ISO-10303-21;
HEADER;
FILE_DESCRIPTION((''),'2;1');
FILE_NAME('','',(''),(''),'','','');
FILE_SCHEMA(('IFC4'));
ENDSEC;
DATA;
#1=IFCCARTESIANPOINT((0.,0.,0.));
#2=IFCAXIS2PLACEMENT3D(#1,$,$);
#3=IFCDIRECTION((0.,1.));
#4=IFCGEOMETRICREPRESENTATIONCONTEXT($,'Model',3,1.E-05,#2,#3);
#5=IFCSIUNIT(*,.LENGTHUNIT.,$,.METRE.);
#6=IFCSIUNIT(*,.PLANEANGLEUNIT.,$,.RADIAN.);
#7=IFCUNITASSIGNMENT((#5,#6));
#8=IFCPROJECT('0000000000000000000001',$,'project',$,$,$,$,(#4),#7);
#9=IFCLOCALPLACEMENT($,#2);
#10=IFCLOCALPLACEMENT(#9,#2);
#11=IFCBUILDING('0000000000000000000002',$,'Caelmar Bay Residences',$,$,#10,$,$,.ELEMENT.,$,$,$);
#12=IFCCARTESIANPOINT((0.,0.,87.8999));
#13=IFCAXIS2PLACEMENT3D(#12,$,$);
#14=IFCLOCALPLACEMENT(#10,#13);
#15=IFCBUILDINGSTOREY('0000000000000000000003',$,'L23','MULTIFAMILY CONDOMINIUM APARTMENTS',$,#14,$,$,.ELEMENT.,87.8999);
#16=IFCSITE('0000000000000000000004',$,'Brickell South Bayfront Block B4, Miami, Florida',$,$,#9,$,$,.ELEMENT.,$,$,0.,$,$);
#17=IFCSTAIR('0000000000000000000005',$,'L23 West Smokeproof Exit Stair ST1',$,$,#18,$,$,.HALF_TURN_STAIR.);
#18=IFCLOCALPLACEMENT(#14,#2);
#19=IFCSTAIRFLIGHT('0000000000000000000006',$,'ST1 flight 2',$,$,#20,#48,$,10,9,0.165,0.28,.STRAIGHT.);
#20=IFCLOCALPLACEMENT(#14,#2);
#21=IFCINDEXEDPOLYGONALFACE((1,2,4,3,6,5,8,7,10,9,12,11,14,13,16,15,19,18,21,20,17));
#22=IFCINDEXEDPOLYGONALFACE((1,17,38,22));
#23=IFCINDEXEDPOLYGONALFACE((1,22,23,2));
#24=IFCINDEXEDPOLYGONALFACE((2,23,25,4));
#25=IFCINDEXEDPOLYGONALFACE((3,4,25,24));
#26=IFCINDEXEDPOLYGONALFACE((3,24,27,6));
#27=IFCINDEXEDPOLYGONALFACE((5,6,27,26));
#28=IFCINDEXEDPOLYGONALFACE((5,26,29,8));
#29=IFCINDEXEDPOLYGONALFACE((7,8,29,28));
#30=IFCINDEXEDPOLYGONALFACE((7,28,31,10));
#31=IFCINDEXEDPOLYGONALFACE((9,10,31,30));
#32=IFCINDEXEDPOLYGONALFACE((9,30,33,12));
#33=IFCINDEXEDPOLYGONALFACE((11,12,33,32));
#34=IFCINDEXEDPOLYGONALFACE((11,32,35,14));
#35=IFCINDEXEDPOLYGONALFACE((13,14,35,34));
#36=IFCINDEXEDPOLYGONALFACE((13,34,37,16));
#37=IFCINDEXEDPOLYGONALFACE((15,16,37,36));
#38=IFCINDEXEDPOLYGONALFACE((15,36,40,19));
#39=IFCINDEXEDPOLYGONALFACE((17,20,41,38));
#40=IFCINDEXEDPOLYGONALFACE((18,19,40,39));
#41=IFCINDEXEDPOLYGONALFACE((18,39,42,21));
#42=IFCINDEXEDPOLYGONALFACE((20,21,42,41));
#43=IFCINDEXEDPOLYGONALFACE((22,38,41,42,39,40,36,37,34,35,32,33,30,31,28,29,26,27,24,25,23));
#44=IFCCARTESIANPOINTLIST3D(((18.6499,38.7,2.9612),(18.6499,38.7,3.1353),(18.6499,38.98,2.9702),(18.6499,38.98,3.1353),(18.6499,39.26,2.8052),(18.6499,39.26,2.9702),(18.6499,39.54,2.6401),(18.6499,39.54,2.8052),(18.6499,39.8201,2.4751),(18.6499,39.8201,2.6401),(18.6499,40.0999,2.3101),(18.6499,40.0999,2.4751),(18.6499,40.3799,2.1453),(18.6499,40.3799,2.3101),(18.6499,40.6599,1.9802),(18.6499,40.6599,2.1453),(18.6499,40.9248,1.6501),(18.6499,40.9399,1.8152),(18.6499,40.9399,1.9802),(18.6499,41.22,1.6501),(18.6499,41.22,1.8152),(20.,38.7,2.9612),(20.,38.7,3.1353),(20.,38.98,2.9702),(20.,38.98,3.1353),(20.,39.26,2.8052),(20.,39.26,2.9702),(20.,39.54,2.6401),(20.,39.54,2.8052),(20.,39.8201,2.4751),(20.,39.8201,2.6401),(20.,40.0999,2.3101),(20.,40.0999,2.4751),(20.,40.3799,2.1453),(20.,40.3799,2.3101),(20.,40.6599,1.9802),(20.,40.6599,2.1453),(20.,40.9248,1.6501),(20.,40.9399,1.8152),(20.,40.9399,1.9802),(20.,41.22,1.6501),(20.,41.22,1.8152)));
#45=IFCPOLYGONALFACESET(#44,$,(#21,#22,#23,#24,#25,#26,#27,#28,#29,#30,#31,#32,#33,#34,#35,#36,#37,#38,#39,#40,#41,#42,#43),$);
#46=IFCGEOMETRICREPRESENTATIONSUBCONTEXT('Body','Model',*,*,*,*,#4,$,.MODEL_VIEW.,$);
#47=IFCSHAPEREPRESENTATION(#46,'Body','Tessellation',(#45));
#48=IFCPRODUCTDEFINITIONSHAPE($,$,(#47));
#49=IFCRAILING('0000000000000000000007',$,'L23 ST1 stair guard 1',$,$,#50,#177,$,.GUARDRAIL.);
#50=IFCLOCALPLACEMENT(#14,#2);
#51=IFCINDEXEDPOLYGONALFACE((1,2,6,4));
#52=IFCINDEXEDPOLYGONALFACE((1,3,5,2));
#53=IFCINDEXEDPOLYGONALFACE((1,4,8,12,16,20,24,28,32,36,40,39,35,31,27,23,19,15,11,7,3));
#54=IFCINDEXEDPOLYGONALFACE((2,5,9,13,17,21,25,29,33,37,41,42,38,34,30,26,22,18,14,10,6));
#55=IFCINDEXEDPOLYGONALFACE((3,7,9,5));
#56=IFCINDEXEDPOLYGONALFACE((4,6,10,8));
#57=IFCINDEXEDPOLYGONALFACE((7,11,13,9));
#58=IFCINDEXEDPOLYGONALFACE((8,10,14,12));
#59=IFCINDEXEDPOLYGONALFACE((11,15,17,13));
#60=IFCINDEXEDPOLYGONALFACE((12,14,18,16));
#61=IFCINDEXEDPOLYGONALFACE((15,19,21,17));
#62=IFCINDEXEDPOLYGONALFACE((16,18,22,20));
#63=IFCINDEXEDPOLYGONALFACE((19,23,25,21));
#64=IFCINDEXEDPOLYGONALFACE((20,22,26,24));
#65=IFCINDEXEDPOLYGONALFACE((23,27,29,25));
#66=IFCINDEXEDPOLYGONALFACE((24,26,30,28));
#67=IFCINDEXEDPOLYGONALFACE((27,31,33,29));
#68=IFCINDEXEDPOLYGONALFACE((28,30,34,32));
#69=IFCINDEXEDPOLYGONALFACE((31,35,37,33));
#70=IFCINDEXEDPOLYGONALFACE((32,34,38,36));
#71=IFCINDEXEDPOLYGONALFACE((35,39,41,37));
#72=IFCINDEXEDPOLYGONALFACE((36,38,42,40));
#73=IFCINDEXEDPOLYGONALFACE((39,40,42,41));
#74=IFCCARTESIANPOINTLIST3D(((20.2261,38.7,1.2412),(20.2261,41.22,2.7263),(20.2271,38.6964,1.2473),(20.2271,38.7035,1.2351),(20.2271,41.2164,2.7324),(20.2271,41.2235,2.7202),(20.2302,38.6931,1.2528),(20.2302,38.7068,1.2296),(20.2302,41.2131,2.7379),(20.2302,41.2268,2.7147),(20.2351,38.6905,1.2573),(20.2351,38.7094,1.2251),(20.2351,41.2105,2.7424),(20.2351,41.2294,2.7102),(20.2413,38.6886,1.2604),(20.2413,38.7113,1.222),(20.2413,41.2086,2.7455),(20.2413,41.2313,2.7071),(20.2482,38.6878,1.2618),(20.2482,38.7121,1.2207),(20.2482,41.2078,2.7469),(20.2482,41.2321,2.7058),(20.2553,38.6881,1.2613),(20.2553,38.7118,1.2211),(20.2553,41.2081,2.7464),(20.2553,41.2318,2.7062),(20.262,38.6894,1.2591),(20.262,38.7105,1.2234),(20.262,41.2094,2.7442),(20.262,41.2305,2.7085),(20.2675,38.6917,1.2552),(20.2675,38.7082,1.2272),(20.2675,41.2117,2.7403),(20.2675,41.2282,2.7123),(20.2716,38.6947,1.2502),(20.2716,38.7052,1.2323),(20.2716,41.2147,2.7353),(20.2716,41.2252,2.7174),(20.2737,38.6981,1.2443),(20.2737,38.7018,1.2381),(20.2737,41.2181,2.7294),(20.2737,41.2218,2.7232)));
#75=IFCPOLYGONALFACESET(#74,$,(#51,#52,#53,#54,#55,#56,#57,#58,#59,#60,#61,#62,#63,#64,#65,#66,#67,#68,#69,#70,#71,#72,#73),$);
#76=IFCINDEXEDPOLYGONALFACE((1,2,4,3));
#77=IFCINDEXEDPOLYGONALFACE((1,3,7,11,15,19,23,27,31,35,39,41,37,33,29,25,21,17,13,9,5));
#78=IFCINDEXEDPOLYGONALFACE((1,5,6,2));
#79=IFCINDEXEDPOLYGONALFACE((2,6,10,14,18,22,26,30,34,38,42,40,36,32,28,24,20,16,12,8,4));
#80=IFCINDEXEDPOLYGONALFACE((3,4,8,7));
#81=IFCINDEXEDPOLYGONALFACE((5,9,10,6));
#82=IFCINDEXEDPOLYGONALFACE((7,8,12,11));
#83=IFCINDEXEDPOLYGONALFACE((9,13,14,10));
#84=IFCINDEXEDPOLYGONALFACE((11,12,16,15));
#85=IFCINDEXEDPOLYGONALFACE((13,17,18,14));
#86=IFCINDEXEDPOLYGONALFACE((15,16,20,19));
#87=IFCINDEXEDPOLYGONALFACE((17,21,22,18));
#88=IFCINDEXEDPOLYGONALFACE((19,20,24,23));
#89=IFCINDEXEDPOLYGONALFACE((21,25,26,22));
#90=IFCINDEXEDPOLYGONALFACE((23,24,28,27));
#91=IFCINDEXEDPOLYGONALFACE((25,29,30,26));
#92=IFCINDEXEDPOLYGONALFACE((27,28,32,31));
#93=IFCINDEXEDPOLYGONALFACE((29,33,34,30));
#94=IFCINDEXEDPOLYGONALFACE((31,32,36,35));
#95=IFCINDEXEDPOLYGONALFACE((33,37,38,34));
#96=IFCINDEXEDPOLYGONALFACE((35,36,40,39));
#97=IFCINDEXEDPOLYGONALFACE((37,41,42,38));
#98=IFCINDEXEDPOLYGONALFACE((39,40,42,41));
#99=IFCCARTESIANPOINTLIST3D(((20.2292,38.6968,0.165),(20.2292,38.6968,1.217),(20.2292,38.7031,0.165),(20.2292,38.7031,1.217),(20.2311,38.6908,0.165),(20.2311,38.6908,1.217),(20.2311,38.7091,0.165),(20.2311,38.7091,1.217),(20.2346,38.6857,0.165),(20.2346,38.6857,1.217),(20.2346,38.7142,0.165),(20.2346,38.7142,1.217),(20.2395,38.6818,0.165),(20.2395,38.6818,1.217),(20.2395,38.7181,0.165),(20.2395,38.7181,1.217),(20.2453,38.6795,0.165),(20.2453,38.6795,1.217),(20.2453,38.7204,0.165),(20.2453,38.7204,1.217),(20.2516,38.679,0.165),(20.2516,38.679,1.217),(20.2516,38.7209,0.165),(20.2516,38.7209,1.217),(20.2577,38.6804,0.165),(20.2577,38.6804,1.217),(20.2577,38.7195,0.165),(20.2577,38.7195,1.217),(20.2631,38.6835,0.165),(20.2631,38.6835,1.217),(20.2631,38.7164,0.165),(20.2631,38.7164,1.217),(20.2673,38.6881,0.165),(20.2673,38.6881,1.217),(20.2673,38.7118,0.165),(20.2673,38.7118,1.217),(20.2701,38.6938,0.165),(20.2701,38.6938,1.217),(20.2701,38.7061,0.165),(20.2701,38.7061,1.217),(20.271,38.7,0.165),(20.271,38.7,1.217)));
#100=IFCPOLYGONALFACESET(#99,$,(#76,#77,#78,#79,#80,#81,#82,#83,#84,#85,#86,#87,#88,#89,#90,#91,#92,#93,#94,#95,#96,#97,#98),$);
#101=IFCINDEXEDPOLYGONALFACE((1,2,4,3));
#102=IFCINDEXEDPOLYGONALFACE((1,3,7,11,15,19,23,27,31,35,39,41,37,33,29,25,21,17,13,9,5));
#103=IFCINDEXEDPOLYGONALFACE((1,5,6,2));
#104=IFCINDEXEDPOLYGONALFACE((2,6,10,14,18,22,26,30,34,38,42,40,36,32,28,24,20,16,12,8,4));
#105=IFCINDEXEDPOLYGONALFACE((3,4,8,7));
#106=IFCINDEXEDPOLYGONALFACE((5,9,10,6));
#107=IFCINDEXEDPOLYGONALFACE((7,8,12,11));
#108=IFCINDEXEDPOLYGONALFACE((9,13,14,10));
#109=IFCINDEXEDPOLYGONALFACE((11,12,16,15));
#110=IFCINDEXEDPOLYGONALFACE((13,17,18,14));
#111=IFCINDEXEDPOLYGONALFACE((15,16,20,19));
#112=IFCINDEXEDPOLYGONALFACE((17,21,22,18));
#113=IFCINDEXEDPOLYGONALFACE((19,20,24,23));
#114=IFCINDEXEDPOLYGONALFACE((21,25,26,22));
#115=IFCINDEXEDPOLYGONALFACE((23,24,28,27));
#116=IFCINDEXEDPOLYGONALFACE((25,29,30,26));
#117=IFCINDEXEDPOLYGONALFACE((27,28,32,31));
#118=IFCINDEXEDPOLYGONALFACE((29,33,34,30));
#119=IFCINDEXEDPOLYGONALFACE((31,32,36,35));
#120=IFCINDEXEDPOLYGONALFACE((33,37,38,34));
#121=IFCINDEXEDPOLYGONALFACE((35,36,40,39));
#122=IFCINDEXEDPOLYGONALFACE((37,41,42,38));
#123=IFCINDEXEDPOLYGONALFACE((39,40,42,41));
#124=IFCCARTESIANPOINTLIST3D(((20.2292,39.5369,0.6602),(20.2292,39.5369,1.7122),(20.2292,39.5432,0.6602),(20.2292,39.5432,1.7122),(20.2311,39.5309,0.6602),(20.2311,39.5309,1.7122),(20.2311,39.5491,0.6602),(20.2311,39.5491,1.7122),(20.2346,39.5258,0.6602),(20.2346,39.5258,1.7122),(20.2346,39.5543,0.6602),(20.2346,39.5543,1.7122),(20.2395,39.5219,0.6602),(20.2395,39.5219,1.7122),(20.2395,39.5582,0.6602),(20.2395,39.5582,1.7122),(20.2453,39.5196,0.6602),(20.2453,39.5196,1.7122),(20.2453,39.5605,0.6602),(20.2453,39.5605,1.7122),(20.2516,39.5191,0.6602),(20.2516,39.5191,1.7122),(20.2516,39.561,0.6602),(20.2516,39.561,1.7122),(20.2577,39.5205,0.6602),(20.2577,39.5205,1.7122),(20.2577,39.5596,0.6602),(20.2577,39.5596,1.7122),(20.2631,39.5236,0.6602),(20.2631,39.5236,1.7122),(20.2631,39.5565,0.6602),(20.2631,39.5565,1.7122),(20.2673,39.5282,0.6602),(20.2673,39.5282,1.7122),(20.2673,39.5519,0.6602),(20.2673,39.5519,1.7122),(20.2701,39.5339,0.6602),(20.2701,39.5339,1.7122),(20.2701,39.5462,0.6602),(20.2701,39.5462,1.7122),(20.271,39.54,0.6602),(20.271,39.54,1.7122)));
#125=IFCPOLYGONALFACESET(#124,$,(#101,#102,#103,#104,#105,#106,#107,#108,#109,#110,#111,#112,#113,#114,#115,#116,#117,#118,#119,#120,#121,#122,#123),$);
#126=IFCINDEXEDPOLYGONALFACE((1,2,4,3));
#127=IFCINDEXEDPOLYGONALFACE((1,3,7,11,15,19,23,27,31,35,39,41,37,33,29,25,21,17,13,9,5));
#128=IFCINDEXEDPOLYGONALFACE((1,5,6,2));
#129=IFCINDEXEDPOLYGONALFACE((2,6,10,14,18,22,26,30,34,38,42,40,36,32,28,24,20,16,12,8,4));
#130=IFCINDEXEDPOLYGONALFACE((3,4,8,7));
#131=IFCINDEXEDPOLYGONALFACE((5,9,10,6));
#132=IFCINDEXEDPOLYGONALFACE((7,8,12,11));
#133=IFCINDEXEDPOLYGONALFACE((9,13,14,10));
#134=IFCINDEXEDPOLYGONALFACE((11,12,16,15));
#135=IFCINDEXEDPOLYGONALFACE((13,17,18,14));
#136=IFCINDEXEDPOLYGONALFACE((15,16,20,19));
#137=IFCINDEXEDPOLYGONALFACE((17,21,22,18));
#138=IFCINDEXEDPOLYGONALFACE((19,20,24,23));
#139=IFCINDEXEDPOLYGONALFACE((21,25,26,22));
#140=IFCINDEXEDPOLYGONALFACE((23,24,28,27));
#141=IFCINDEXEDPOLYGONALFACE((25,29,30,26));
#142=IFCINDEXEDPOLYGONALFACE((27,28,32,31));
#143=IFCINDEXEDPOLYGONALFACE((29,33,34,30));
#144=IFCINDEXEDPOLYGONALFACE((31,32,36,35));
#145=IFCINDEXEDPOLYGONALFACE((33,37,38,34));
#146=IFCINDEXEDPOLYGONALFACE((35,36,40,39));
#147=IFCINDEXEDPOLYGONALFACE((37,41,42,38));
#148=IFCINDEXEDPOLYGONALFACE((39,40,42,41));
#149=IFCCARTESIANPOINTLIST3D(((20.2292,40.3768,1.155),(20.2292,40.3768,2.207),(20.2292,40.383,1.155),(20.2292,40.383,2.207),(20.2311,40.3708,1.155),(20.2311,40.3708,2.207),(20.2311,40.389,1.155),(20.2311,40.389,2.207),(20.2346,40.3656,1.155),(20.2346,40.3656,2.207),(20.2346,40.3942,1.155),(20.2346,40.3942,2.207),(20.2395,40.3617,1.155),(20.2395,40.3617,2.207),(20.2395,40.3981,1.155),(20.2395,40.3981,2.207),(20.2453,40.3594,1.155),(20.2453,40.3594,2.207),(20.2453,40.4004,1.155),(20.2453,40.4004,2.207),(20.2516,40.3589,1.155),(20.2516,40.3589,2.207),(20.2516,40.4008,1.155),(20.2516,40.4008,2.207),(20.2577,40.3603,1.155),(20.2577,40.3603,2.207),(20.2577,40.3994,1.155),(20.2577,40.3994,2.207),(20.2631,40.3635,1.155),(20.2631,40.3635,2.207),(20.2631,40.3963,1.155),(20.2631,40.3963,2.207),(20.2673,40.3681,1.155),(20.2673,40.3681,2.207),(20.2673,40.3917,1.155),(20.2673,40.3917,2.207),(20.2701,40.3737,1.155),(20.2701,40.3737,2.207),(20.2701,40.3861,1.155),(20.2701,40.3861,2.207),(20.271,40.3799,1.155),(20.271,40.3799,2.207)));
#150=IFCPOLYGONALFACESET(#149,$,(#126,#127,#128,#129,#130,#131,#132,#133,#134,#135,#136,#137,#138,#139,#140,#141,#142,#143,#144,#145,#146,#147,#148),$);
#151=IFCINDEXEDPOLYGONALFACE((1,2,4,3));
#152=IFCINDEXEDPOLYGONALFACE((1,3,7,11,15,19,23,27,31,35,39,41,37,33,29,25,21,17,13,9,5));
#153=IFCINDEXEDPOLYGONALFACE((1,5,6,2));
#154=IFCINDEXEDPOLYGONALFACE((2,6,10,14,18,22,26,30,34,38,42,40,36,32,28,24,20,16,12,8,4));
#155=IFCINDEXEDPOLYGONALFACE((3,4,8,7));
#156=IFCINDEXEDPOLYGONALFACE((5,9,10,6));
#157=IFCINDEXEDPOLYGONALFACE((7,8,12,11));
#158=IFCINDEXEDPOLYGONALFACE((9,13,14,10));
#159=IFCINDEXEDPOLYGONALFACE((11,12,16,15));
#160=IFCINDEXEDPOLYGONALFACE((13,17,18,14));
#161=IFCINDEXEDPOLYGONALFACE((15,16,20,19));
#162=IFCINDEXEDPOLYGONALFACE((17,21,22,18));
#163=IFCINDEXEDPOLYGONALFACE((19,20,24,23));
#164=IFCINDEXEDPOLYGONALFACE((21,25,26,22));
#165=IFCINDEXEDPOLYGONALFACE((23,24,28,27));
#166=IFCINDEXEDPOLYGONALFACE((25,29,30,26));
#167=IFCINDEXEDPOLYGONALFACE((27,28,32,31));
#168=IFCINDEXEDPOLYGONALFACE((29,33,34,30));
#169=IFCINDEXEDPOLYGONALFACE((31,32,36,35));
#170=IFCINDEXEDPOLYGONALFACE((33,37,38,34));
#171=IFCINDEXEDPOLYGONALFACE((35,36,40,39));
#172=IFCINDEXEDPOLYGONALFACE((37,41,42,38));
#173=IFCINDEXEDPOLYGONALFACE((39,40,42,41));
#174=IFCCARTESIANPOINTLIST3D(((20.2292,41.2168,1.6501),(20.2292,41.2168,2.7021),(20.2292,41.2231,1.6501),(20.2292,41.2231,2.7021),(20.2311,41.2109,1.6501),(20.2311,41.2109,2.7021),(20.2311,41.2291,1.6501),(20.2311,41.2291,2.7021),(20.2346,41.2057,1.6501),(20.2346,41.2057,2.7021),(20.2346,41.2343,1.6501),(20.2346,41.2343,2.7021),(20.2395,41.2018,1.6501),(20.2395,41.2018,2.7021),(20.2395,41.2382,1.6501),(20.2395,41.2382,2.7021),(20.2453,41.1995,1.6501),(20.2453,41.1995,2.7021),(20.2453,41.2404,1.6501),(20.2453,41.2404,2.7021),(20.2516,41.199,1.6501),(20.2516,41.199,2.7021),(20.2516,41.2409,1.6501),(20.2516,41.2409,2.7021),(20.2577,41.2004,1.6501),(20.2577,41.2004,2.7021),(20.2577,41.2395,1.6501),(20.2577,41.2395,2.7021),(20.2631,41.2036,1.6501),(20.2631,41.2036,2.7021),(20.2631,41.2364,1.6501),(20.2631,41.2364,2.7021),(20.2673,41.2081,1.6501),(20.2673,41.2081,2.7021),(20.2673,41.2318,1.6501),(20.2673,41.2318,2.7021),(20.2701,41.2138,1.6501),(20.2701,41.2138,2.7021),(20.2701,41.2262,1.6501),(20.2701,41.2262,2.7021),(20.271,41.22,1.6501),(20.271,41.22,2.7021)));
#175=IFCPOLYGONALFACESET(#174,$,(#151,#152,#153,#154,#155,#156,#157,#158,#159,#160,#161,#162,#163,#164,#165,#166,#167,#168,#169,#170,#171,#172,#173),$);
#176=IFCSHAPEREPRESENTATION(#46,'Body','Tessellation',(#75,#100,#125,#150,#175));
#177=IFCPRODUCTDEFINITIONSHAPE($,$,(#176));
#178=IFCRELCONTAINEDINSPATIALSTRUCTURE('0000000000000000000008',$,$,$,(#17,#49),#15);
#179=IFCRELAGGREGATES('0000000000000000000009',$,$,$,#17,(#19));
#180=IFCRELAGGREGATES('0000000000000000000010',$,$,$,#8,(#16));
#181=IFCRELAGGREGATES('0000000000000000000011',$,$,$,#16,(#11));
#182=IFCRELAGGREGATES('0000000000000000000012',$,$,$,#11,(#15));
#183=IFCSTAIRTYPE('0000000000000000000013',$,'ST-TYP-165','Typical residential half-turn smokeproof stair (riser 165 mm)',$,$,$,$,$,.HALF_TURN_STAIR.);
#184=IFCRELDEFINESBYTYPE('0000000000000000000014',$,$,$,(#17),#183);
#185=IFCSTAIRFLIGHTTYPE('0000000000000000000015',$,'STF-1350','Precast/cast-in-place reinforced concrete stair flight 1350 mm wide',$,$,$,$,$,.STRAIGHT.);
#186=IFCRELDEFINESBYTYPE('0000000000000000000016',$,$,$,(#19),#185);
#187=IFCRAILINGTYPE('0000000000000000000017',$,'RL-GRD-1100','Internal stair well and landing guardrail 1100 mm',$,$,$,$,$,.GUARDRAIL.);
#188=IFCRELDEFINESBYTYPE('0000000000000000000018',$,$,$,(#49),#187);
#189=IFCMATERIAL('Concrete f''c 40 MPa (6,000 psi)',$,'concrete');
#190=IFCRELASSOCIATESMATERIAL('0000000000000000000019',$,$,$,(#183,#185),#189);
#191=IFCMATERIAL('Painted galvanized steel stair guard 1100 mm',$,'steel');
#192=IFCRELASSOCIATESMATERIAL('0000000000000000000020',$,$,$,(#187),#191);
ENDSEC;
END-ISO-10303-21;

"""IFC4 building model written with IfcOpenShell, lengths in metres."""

from ifc_helpers import new_model, si_unit, direction, frame, origin, origin_2d, place, context, subcontext, project, spatial, polyline, circle, outline, extrude, material, type_object, element, aggregate, save


model = new_model("IFC4")

# Units and contexts
model_context = context("Model", 3, precision=1e-05, world=origin(), true_north=direction((0.0, 1.0)))
body_context = subcontext(model_context, "Body", "Model", "MODEL_VIEW")
ifc_project = project(units=[si_unit("LENGTHUNIT", "METRE"), si_unit("PLANEANGLEUNIT", "RADIAN")], contexts=[model_context])

# Site, building, storey
site_placement = place(None, origin())
site = spatial("IfcSite", under=ifc_project, at=site_placement, Name="Brickell South Bayfront Block B4, Miami, Florida", CompositionType="ELEMENT", RefElevation=0.0)
building_placement = place(site_placement, origin())
building = spatial("IfcBuilding", under=site, at=building_placement, Name="Caelmar Bay Residences", CompositionType="ELEMENT")
storey_placement = place(building_placement, frame((0.0, 0.0, 87.8999)))
storey = spatial("IfcBuildingStorey", under=building, at=storey_placement, Name="L23", Description="MULTIFAMILY CONDOMINIUM APARTMENTS", CompositionType="ELEMENT", Elevation=87.8999)

# Stair, stair flight
ifc_material_1 = material(Name="Concrete f'c 40 MPa (6,000 psi)", Category="concrete")
stair_type = type_object("IfcStairType", Name="ST-TYP-165", Description="Typical residential half-turn smokeproof stair (riser 165 mm)", PredefinedType="HALF_TURN_STAIR", material=ifc_material_1)
stair_placement = place(storey_placement, origin())
stair = element("IfcStair", 1, at=stair_placement, inside=storey, type_object=stair_type, Name="L23 West Smokeproof Exit Stair ST1", PredefinedType="HALF_TURN_STAIR")
stair_flight_type = type_object("IfcStairFlightType", Name="STF-1350", Description="Precast/cast-in-place reinforced concrete stair flight 1350 mm wide", PredefinedType="STRAIGHT", material=ifc_material_1)
stair_flight_1_placement = place(storey_placement, frame((19.325, 41.22, 1.6501), z_axis=(0.0, 0.0, 1.0), x_axis=(0.0, -1.0, 0.0)))
stair_flight_1 = element("IfcStairFlight", 2, at=stair_flight_1_placement, type_object=stair_flight_type, Name="ST1 flight 2", NumberOfRisers=10, NumberOfTreads=9, PredefinedType="STRAIGHT", RiserHeight=0.165, TreadLength=0.28, context=body_context, shape_type="SweptSolid", body=[
    extrude(outline(polyline([(0.0, 0.0), (0.0, 0.165), (0.28, 0.165), (0.28, 0.3301), (0.5601, 0.3301), (0.5601, 0.4951), (0.8401, 0.4951), (0.8401, 0.6599), (1.1201, 0.6599), (1.1201, 0.825), (1.3999, 0.825), (1.3999, 0.99), (1.6799, 0.99), (1.6799, 1.155), (1.96, 1.155), (1.96, 1.3201), (2.24, 1.3201), (2.24, 1.4851), (2.52, 1.4851), (2.52, 1.6499), (2.52, 1.311), (0.2952, 0.0), (0.0, 0.0)])), frame((0.0, 0.675, 0.0), z_axis=(0.0, -1.0, 0.0), x_axis=(1.0, 0.0, 0.0)), (0.0, 0.0, 1.0), 1.3501),
])
aggregate(stair, [stair_flight_1])

# Railing
ifc_material_2 = material(Name="Painted galvanized steel stair guard 1100 mm", Category="steel")
railing_type_1 = type_object("IfcRailingType", Name="RL-GRD-1100", Description="Internal stair well and landing guardrail 1100 mm", PredefinedType="GUARDRAIL", material=ifc_material_2)
railing_1_placement = place(storey_placement, frame((20.25, 38.7, 0.165)))
element("IfcRailing", 3, at=railing_1_placement, inside=storey, type_object=railing_type_1, Name="L23 ST1 stair guard 1", PredefinedType="GUARDRAIL", context=body_context, shape_type="SweptSolid", body=[
    extrude(circle(Radius=0.0239, at=origin_2d()), frame((0.0, 0.0, 1.0762), z_axis=(0.0, 0.861524, 0.507717), x_axis=(-1.0, 0.0, 0.0)), (0.0, 0.0, 1.0), 2.925),
    extrude(circle(Radius=0.021, at=origin_2d()), origin(), (0.0, 0.0, 1.0), 1.052),
    extrude(circle(Radius=0.021, at=origin_2d()), frame((0.0, 0.8401, 0.4951)), (0.0, 0.0, 1.0), 1.052),
    extrude(circle(Radius=0.021, at=origin_2d()), frame((0.0, 1.6799, 0.99)), (0.0, 0.0, 1.0), 1.052),
    extrude(circle(Radius=0.021, at=origin_2d()), frame((0.0, 2.52, 1.4851)), (0.0, 0.0, 1.0), 1.052),
])

save(model, "model.ifc")
